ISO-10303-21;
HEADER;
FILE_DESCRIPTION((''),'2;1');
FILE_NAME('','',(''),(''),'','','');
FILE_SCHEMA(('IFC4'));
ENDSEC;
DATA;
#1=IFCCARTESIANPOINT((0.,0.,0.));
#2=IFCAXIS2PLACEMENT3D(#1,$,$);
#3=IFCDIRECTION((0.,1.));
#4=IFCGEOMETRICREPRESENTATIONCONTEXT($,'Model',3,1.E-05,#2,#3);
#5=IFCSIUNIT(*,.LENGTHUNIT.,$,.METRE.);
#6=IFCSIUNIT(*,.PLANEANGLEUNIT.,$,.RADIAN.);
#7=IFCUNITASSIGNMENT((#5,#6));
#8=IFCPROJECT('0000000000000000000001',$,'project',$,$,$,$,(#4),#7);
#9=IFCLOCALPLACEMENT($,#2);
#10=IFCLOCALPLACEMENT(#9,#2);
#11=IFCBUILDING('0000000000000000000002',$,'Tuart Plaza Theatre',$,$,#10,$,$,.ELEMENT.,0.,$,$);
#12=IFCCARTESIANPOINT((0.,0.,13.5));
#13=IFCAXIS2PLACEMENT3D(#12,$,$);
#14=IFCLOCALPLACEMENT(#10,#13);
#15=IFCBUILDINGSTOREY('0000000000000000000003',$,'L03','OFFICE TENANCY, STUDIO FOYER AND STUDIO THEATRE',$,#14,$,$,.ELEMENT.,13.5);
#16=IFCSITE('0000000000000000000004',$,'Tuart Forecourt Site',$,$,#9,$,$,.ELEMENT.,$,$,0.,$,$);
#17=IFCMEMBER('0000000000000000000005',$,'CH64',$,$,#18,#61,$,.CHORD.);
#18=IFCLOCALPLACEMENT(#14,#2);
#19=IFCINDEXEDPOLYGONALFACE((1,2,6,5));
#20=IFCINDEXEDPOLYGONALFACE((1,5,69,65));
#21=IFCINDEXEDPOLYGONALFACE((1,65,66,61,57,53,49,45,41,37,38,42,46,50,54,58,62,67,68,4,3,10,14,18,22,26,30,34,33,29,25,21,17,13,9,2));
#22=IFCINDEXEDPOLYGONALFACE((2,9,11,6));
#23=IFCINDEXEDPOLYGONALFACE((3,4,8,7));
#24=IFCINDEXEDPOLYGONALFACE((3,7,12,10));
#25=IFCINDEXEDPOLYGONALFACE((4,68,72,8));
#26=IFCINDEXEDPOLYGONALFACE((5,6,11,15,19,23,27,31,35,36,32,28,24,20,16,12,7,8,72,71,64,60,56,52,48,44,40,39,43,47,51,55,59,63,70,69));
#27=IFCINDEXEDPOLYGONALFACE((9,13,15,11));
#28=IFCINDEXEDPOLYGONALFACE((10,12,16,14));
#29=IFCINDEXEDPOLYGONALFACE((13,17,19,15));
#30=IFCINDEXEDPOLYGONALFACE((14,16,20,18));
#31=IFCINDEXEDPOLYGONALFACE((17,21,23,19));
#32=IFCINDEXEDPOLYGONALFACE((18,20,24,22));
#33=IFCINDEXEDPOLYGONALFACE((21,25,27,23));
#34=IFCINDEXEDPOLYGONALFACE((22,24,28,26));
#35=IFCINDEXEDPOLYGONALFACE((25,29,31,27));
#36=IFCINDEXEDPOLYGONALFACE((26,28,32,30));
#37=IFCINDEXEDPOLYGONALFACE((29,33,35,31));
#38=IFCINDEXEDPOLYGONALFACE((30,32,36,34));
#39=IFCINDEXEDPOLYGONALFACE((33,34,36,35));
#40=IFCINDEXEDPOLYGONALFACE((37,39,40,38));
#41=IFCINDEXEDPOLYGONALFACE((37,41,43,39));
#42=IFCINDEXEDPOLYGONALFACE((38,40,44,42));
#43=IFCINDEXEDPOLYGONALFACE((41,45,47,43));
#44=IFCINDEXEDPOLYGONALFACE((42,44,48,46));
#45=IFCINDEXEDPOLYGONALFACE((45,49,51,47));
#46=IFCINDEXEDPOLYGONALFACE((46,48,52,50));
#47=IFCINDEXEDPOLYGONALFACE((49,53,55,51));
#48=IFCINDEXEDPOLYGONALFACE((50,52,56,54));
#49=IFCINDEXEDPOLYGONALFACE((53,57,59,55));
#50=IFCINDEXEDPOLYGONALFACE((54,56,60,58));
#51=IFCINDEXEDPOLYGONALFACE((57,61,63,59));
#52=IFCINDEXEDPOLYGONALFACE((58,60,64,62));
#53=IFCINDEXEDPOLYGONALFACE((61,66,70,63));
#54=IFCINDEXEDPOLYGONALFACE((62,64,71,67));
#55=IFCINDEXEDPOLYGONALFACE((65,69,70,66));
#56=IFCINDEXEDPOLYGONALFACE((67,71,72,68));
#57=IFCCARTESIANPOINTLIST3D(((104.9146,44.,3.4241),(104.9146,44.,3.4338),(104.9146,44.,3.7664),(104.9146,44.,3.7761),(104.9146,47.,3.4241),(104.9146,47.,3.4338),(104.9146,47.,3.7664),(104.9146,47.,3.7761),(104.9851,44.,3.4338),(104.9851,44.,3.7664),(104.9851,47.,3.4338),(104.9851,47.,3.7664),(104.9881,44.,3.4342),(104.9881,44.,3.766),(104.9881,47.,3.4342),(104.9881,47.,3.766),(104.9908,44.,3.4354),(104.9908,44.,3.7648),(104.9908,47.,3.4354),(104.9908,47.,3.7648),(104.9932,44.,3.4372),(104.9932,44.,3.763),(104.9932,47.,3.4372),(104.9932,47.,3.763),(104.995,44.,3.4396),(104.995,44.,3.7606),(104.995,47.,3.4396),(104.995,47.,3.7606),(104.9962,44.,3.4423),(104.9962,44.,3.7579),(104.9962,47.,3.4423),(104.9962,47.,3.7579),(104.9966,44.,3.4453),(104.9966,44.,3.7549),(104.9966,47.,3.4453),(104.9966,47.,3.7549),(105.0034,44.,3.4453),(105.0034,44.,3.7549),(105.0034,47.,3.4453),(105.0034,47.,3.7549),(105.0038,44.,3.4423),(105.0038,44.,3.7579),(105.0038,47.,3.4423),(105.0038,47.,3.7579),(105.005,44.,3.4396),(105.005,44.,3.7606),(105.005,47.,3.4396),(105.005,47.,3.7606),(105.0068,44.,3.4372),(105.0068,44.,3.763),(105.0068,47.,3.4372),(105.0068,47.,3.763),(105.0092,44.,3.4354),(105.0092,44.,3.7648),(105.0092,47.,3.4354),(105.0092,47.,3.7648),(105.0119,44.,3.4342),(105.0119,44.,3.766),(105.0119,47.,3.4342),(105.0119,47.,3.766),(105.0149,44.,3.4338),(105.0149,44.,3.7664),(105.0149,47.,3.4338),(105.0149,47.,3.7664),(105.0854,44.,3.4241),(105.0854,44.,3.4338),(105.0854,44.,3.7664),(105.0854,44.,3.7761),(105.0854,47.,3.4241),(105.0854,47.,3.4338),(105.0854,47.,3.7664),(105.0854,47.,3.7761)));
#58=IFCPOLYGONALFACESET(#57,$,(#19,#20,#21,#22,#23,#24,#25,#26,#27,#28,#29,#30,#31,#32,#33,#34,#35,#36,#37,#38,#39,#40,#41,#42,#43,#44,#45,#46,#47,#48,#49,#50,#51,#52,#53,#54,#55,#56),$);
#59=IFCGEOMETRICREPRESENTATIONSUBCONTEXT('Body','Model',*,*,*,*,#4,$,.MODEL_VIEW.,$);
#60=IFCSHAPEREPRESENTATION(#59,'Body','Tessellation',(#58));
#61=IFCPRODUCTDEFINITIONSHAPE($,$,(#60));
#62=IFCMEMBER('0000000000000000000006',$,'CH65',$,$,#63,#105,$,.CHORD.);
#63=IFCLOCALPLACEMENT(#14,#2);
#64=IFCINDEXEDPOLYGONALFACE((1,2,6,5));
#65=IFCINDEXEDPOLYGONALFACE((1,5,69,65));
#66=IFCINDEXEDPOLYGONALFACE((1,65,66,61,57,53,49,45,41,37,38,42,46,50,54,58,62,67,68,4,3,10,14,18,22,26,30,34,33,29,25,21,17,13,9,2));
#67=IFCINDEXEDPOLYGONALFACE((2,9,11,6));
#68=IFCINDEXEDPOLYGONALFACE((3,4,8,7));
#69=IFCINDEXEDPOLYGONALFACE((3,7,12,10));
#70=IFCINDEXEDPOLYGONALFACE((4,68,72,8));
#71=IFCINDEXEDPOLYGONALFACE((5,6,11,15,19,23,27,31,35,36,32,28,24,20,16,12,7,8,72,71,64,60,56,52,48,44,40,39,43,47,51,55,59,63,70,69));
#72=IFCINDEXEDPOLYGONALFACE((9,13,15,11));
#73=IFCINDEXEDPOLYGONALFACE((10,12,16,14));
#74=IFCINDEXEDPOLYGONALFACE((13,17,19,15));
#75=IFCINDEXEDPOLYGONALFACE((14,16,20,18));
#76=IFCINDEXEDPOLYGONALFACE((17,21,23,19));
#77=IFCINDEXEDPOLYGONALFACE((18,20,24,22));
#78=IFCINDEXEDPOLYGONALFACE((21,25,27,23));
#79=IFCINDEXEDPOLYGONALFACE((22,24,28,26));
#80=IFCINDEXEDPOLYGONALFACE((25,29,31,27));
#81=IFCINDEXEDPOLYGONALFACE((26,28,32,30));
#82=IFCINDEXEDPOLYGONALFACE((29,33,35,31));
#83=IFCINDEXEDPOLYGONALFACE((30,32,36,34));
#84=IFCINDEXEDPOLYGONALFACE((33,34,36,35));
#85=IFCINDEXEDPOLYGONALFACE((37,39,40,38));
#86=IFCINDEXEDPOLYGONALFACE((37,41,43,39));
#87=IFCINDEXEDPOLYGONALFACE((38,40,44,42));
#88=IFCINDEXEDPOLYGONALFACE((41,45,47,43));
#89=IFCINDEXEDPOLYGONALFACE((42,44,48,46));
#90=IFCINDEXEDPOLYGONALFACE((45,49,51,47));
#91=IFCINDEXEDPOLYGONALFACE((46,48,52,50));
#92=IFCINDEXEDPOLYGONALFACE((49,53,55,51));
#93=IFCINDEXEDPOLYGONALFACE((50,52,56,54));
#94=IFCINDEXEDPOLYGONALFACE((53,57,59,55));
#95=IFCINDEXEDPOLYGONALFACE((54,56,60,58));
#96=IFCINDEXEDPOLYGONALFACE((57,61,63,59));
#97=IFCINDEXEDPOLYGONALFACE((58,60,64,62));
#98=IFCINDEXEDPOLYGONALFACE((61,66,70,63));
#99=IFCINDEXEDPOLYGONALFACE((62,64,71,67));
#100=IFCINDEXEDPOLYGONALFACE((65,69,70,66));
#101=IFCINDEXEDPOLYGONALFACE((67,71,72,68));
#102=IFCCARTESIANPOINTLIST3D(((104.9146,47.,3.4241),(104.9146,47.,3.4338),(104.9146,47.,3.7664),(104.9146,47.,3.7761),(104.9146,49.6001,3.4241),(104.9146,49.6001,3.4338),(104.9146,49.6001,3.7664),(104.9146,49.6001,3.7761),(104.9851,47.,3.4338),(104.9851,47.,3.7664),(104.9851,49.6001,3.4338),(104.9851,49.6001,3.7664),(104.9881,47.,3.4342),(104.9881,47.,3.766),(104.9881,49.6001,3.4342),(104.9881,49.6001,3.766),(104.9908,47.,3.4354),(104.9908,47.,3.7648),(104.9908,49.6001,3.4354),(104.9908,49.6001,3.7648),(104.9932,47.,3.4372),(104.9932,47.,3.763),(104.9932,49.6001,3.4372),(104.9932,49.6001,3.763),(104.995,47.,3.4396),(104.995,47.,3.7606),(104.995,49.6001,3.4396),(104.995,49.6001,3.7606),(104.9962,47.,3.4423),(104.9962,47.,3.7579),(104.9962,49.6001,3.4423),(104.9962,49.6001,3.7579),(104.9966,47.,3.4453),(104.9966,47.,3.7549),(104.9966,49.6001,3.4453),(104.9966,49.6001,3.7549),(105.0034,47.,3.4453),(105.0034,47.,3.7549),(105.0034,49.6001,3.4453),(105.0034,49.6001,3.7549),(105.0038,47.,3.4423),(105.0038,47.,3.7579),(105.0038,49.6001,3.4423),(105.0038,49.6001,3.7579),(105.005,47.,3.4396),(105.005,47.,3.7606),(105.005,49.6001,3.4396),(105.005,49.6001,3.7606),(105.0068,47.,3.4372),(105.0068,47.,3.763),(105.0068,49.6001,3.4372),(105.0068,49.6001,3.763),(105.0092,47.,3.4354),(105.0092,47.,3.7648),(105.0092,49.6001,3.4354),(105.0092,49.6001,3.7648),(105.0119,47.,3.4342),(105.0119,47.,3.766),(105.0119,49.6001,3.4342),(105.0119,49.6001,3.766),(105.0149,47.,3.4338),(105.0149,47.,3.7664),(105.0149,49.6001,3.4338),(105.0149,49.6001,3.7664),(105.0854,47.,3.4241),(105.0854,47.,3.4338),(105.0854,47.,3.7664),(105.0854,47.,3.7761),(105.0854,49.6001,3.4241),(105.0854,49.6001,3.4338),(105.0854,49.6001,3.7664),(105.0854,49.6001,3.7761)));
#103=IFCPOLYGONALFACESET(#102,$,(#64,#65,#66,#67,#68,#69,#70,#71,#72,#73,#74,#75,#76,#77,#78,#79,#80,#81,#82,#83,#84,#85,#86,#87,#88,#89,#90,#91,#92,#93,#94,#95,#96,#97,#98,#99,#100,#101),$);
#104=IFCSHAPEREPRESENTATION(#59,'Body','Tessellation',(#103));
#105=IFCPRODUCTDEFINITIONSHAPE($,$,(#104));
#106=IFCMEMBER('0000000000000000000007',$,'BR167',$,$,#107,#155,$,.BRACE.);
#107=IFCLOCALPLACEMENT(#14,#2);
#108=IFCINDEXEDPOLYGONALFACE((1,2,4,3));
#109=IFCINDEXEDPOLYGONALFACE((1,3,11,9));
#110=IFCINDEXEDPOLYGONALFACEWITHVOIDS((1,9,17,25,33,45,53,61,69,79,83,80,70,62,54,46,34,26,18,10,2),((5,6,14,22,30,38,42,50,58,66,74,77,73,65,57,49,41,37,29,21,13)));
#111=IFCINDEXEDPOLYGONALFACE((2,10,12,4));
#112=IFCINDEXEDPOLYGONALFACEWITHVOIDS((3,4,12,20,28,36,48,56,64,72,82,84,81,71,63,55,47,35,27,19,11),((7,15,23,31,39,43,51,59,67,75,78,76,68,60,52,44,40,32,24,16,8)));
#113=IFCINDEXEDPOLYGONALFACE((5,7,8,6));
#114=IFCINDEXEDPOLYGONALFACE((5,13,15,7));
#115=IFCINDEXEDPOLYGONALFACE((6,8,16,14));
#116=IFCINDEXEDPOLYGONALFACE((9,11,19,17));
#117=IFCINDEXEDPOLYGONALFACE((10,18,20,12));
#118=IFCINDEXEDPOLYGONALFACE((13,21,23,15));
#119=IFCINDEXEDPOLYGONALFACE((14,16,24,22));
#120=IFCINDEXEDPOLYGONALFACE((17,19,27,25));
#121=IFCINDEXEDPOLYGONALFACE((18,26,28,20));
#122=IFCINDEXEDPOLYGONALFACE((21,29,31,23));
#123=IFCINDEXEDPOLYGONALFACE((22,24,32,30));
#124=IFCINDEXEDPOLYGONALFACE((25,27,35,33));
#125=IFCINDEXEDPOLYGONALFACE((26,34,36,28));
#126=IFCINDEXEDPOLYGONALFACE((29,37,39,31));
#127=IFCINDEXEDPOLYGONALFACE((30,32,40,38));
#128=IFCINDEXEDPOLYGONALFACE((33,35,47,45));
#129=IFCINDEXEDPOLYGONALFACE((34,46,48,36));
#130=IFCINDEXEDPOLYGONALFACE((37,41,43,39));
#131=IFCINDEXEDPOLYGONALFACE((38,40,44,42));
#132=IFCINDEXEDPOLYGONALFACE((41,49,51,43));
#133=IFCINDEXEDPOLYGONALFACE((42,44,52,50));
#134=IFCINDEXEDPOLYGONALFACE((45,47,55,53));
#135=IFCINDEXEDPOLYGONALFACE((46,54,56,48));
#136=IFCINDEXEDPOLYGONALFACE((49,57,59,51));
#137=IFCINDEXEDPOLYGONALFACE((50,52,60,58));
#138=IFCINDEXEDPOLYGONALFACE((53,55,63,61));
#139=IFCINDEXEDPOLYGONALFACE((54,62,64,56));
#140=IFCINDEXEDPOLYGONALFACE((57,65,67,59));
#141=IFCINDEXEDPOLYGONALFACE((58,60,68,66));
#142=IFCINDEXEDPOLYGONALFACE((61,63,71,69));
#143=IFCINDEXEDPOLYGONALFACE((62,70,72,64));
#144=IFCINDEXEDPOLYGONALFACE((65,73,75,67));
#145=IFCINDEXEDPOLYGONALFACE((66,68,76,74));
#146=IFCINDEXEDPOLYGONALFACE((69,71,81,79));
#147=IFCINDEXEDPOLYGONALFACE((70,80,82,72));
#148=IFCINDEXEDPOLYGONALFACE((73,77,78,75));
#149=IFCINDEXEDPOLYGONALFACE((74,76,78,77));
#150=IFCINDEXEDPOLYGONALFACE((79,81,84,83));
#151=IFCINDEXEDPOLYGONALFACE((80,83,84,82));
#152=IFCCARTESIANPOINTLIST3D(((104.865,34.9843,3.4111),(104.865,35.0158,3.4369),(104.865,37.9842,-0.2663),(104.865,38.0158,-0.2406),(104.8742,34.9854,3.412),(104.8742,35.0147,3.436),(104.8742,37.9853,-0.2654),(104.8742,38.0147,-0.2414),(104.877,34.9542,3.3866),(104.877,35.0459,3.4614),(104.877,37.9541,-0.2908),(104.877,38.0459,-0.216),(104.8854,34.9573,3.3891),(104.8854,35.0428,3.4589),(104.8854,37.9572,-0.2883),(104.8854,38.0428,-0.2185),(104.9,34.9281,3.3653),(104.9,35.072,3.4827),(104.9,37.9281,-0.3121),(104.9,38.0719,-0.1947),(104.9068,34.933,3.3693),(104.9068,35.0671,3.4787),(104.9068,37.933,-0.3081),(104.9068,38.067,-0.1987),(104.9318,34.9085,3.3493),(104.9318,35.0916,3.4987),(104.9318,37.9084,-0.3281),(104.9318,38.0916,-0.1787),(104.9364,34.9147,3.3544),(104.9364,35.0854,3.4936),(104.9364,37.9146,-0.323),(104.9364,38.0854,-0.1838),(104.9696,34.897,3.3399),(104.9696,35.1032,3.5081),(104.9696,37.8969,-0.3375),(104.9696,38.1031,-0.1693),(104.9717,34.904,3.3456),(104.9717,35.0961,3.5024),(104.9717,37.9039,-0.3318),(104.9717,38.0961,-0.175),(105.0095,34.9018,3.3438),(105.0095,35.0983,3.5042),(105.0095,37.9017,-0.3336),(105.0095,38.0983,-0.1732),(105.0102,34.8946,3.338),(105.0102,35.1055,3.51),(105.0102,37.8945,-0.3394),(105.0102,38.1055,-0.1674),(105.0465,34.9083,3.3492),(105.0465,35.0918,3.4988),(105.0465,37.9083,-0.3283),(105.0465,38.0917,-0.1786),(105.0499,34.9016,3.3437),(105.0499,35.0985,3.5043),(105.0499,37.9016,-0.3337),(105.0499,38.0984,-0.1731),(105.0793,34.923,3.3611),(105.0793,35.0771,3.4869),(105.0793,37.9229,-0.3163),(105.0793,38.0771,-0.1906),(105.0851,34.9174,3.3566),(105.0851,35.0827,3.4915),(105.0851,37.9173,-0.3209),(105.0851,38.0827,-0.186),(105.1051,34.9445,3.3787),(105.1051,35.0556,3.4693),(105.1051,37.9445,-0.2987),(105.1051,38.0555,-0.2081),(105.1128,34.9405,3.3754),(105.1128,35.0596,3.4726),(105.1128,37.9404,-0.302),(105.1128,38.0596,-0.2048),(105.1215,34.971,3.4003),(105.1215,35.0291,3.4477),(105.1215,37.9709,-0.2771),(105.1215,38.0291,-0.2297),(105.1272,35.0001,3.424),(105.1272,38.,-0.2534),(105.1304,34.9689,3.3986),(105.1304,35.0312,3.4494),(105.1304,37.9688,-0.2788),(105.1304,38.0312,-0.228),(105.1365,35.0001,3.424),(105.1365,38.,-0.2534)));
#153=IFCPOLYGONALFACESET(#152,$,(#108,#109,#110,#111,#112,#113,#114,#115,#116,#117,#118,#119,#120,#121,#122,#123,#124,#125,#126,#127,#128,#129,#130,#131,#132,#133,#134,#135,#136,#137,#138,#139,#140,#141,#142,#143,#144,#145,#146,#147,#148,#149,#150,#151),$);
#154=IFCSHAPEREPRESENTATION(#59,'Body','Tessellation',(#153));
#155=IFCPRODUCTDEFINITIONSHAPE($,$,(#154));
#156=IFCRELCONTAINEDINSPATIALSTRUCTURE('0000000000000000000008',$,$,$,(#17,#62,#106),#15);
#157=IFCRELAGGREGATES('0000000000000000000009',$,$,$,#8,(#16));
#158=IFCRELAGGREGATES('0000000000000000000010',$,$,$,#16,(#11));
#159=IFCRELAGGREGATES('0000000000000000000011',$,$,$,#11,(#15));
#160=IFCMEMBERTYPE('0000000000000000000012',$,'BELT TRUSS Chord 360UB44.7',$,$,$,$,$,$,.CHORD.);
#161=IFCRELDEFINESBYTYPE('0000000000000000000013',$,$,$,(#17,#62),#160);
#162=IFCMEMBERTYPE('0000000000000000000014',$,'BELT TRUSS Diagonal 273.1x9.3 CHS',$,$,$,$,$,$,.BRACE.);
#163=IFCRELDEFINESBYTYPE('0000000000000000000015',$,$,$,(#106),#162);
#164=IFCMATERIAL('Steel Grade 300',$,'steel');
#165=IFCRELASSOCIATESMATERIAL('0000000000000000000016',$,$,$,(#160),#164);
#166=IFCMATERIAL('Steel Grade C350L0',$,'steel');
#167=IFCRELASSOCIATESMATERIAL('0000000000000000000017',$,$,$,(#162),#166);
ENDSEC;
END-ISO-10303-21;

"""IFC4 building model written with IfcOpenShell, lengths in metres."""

from ifc_helpers import new_model, si_unit, direction, frame, origin, origin_2d, place, context, subcontext, project, spatial, hollow_circle, i_section, extrude, material, material_profile, profile_set, type_object, element, save


model = new_model("IFC4")

# Units and contexts
model_context = context("Model", 3, precision=1e-05, world=origin(), true_north=direction((0.0, 1.0)))
body_context = subcontext(model_context, "Body", "Model", "MODEL_VIEW")
ifc_project = project(units=[si_unit("LENGTHUNIT", "METRE"), si_unit("PLANEANGLEUNIT", "RADIAN")], contexts=[model_context])

# Site, building, storey
site_placement = place(None, origin())
site = spatial("IfcSite", under=ifc_project, at=site_placement, Name="Tuart Forecourt Site", CompositionType="ELEMENT", RefElevation=0.0)
building_placement = place(site_placement, origin())
building = spatial("IfcBuilding", under=site, at=building_placement, Name="Tuart Plaza Theatre", CompositionType="ELEMENT", ElevationOfRefHeight=0.0)
storey_placement = place(building_placement, frame((0.0, 0.0, 13.5)))
storey = spatial("IfcBuildingStorey", under=building, at=storey_placement, Name="L03", Description="OFFICE TENANCY, STUDIO FOYER AND STUDIO THEATRE", CompositionType="ELEMENT", Elevation=13.5)

# Members
ifc_material_1 = material(Name="Steel Grade 300", Category="steel")
ifc_material_profile_1 = material_profile(ifc_material_1, i_section(OverallWidth=0.1709, OverallDepth=0.3521, WebThickness=0.0068, FlangeThickness=0.0098, FilletRadius=0.0115, at=origin_2d()), Name="360UB44.7")
ifc_profile_set_1 = profile_set([ifc_material_profile_1], Name="Steel Grade 300")
member_type_1 = type_object("IfcMemberType", Name="BELT TRUSS Chord 360UB44.7", PredefinedType="CHORD", material=ifc_profile_set_1)
for number, where, z_axis, x_axis, name in (
    (1, (105.0, 44.0, 3.6001), (0.0, 1.0, 0.0), (-1.0, 0.0, 0.0), "CH64"),
):
    element("IfcMember", number, at=place(storey_placement, frame(where, z_axis=z_axis, x_axis=x_axis)), inside=storey, type_object=member_type_1, Name=name, PredefinedType="CHORD", context=body_context, shape_type="SweptSolid", body=[
        extrude(i_section(OverallWidth=0.1709, OverallDepth=0.3521, WebThickness=0.0068, FlangeThickness=0.0098, FilletRadius=0.0115, at=origin_2d()), origin(), (0.0, 0.0, 1.0), 3.0),
    ])
member_1_placement = place(storey_placement, frame((105.0, 47.0, 3.6001), z_axis=(0.0, 1.0, 0.0), x_axis=(-1.0, 0.0, 0.0)))
element("IfcMember", 2, at=member_1_placement, inside=storey, type_object=member_type_1, Name="CH65", PredefinedType="CHORD", context=body_context, shape_type="SweptSolid", body=[
    extrude(i_section(OverallWidth=0.1709, OverallDepth=0.3521, WebThickness=0.0068, FlangeThickness=0.0098, FilletRadius=0.0115, at=origin_2d()), origin(), (0.0, 0.0, 1.0), 2.6001),
])
ifc_material_2 = material(Name="Steel Grade C350L0", Category="steel")
ifc_material_profile_2 = material_profile(ifc_material_2, hollow_circle(Radius=0.1365, WallThickness=0.0093, at=origin_2d()), Name="273.1x9.3 CHS")
ifc_profile_set_2 = profile_set([ifc_material_profile_2], Name="Steel Grade C350L0")
member_type_2 = type_object("IfcMemberType", Name="BELT TRUSS Diagonal 273.1x9.3 CHS", PredefinedType="BRACE", material=ifc_profile_set_2)
for number, where, z_axis, x_axis, name in (
    (3, (105.0, 38.0, -0.2534), (0.0, -0.632119, 0.774871), (1.0, 0.0, 0.0), "BR167"),
):
    element("IfcMember", number, at=place(storey_placement, frame(where, z_axis=z_axis, x_axis=x_axis)), inside=storey, type_object=member_type_2, Name=name, PredefinedType="BRACE", context=body_context, shape_type="SweptSolid", body=[
        extrude(hollow_circle(Radius=0.1365, WallThickness=0.0093, at=origin_2d()), origin(), (0.0, 0.0, 1.0), 4.7458),
    ])

save(model, "model.ifc")
